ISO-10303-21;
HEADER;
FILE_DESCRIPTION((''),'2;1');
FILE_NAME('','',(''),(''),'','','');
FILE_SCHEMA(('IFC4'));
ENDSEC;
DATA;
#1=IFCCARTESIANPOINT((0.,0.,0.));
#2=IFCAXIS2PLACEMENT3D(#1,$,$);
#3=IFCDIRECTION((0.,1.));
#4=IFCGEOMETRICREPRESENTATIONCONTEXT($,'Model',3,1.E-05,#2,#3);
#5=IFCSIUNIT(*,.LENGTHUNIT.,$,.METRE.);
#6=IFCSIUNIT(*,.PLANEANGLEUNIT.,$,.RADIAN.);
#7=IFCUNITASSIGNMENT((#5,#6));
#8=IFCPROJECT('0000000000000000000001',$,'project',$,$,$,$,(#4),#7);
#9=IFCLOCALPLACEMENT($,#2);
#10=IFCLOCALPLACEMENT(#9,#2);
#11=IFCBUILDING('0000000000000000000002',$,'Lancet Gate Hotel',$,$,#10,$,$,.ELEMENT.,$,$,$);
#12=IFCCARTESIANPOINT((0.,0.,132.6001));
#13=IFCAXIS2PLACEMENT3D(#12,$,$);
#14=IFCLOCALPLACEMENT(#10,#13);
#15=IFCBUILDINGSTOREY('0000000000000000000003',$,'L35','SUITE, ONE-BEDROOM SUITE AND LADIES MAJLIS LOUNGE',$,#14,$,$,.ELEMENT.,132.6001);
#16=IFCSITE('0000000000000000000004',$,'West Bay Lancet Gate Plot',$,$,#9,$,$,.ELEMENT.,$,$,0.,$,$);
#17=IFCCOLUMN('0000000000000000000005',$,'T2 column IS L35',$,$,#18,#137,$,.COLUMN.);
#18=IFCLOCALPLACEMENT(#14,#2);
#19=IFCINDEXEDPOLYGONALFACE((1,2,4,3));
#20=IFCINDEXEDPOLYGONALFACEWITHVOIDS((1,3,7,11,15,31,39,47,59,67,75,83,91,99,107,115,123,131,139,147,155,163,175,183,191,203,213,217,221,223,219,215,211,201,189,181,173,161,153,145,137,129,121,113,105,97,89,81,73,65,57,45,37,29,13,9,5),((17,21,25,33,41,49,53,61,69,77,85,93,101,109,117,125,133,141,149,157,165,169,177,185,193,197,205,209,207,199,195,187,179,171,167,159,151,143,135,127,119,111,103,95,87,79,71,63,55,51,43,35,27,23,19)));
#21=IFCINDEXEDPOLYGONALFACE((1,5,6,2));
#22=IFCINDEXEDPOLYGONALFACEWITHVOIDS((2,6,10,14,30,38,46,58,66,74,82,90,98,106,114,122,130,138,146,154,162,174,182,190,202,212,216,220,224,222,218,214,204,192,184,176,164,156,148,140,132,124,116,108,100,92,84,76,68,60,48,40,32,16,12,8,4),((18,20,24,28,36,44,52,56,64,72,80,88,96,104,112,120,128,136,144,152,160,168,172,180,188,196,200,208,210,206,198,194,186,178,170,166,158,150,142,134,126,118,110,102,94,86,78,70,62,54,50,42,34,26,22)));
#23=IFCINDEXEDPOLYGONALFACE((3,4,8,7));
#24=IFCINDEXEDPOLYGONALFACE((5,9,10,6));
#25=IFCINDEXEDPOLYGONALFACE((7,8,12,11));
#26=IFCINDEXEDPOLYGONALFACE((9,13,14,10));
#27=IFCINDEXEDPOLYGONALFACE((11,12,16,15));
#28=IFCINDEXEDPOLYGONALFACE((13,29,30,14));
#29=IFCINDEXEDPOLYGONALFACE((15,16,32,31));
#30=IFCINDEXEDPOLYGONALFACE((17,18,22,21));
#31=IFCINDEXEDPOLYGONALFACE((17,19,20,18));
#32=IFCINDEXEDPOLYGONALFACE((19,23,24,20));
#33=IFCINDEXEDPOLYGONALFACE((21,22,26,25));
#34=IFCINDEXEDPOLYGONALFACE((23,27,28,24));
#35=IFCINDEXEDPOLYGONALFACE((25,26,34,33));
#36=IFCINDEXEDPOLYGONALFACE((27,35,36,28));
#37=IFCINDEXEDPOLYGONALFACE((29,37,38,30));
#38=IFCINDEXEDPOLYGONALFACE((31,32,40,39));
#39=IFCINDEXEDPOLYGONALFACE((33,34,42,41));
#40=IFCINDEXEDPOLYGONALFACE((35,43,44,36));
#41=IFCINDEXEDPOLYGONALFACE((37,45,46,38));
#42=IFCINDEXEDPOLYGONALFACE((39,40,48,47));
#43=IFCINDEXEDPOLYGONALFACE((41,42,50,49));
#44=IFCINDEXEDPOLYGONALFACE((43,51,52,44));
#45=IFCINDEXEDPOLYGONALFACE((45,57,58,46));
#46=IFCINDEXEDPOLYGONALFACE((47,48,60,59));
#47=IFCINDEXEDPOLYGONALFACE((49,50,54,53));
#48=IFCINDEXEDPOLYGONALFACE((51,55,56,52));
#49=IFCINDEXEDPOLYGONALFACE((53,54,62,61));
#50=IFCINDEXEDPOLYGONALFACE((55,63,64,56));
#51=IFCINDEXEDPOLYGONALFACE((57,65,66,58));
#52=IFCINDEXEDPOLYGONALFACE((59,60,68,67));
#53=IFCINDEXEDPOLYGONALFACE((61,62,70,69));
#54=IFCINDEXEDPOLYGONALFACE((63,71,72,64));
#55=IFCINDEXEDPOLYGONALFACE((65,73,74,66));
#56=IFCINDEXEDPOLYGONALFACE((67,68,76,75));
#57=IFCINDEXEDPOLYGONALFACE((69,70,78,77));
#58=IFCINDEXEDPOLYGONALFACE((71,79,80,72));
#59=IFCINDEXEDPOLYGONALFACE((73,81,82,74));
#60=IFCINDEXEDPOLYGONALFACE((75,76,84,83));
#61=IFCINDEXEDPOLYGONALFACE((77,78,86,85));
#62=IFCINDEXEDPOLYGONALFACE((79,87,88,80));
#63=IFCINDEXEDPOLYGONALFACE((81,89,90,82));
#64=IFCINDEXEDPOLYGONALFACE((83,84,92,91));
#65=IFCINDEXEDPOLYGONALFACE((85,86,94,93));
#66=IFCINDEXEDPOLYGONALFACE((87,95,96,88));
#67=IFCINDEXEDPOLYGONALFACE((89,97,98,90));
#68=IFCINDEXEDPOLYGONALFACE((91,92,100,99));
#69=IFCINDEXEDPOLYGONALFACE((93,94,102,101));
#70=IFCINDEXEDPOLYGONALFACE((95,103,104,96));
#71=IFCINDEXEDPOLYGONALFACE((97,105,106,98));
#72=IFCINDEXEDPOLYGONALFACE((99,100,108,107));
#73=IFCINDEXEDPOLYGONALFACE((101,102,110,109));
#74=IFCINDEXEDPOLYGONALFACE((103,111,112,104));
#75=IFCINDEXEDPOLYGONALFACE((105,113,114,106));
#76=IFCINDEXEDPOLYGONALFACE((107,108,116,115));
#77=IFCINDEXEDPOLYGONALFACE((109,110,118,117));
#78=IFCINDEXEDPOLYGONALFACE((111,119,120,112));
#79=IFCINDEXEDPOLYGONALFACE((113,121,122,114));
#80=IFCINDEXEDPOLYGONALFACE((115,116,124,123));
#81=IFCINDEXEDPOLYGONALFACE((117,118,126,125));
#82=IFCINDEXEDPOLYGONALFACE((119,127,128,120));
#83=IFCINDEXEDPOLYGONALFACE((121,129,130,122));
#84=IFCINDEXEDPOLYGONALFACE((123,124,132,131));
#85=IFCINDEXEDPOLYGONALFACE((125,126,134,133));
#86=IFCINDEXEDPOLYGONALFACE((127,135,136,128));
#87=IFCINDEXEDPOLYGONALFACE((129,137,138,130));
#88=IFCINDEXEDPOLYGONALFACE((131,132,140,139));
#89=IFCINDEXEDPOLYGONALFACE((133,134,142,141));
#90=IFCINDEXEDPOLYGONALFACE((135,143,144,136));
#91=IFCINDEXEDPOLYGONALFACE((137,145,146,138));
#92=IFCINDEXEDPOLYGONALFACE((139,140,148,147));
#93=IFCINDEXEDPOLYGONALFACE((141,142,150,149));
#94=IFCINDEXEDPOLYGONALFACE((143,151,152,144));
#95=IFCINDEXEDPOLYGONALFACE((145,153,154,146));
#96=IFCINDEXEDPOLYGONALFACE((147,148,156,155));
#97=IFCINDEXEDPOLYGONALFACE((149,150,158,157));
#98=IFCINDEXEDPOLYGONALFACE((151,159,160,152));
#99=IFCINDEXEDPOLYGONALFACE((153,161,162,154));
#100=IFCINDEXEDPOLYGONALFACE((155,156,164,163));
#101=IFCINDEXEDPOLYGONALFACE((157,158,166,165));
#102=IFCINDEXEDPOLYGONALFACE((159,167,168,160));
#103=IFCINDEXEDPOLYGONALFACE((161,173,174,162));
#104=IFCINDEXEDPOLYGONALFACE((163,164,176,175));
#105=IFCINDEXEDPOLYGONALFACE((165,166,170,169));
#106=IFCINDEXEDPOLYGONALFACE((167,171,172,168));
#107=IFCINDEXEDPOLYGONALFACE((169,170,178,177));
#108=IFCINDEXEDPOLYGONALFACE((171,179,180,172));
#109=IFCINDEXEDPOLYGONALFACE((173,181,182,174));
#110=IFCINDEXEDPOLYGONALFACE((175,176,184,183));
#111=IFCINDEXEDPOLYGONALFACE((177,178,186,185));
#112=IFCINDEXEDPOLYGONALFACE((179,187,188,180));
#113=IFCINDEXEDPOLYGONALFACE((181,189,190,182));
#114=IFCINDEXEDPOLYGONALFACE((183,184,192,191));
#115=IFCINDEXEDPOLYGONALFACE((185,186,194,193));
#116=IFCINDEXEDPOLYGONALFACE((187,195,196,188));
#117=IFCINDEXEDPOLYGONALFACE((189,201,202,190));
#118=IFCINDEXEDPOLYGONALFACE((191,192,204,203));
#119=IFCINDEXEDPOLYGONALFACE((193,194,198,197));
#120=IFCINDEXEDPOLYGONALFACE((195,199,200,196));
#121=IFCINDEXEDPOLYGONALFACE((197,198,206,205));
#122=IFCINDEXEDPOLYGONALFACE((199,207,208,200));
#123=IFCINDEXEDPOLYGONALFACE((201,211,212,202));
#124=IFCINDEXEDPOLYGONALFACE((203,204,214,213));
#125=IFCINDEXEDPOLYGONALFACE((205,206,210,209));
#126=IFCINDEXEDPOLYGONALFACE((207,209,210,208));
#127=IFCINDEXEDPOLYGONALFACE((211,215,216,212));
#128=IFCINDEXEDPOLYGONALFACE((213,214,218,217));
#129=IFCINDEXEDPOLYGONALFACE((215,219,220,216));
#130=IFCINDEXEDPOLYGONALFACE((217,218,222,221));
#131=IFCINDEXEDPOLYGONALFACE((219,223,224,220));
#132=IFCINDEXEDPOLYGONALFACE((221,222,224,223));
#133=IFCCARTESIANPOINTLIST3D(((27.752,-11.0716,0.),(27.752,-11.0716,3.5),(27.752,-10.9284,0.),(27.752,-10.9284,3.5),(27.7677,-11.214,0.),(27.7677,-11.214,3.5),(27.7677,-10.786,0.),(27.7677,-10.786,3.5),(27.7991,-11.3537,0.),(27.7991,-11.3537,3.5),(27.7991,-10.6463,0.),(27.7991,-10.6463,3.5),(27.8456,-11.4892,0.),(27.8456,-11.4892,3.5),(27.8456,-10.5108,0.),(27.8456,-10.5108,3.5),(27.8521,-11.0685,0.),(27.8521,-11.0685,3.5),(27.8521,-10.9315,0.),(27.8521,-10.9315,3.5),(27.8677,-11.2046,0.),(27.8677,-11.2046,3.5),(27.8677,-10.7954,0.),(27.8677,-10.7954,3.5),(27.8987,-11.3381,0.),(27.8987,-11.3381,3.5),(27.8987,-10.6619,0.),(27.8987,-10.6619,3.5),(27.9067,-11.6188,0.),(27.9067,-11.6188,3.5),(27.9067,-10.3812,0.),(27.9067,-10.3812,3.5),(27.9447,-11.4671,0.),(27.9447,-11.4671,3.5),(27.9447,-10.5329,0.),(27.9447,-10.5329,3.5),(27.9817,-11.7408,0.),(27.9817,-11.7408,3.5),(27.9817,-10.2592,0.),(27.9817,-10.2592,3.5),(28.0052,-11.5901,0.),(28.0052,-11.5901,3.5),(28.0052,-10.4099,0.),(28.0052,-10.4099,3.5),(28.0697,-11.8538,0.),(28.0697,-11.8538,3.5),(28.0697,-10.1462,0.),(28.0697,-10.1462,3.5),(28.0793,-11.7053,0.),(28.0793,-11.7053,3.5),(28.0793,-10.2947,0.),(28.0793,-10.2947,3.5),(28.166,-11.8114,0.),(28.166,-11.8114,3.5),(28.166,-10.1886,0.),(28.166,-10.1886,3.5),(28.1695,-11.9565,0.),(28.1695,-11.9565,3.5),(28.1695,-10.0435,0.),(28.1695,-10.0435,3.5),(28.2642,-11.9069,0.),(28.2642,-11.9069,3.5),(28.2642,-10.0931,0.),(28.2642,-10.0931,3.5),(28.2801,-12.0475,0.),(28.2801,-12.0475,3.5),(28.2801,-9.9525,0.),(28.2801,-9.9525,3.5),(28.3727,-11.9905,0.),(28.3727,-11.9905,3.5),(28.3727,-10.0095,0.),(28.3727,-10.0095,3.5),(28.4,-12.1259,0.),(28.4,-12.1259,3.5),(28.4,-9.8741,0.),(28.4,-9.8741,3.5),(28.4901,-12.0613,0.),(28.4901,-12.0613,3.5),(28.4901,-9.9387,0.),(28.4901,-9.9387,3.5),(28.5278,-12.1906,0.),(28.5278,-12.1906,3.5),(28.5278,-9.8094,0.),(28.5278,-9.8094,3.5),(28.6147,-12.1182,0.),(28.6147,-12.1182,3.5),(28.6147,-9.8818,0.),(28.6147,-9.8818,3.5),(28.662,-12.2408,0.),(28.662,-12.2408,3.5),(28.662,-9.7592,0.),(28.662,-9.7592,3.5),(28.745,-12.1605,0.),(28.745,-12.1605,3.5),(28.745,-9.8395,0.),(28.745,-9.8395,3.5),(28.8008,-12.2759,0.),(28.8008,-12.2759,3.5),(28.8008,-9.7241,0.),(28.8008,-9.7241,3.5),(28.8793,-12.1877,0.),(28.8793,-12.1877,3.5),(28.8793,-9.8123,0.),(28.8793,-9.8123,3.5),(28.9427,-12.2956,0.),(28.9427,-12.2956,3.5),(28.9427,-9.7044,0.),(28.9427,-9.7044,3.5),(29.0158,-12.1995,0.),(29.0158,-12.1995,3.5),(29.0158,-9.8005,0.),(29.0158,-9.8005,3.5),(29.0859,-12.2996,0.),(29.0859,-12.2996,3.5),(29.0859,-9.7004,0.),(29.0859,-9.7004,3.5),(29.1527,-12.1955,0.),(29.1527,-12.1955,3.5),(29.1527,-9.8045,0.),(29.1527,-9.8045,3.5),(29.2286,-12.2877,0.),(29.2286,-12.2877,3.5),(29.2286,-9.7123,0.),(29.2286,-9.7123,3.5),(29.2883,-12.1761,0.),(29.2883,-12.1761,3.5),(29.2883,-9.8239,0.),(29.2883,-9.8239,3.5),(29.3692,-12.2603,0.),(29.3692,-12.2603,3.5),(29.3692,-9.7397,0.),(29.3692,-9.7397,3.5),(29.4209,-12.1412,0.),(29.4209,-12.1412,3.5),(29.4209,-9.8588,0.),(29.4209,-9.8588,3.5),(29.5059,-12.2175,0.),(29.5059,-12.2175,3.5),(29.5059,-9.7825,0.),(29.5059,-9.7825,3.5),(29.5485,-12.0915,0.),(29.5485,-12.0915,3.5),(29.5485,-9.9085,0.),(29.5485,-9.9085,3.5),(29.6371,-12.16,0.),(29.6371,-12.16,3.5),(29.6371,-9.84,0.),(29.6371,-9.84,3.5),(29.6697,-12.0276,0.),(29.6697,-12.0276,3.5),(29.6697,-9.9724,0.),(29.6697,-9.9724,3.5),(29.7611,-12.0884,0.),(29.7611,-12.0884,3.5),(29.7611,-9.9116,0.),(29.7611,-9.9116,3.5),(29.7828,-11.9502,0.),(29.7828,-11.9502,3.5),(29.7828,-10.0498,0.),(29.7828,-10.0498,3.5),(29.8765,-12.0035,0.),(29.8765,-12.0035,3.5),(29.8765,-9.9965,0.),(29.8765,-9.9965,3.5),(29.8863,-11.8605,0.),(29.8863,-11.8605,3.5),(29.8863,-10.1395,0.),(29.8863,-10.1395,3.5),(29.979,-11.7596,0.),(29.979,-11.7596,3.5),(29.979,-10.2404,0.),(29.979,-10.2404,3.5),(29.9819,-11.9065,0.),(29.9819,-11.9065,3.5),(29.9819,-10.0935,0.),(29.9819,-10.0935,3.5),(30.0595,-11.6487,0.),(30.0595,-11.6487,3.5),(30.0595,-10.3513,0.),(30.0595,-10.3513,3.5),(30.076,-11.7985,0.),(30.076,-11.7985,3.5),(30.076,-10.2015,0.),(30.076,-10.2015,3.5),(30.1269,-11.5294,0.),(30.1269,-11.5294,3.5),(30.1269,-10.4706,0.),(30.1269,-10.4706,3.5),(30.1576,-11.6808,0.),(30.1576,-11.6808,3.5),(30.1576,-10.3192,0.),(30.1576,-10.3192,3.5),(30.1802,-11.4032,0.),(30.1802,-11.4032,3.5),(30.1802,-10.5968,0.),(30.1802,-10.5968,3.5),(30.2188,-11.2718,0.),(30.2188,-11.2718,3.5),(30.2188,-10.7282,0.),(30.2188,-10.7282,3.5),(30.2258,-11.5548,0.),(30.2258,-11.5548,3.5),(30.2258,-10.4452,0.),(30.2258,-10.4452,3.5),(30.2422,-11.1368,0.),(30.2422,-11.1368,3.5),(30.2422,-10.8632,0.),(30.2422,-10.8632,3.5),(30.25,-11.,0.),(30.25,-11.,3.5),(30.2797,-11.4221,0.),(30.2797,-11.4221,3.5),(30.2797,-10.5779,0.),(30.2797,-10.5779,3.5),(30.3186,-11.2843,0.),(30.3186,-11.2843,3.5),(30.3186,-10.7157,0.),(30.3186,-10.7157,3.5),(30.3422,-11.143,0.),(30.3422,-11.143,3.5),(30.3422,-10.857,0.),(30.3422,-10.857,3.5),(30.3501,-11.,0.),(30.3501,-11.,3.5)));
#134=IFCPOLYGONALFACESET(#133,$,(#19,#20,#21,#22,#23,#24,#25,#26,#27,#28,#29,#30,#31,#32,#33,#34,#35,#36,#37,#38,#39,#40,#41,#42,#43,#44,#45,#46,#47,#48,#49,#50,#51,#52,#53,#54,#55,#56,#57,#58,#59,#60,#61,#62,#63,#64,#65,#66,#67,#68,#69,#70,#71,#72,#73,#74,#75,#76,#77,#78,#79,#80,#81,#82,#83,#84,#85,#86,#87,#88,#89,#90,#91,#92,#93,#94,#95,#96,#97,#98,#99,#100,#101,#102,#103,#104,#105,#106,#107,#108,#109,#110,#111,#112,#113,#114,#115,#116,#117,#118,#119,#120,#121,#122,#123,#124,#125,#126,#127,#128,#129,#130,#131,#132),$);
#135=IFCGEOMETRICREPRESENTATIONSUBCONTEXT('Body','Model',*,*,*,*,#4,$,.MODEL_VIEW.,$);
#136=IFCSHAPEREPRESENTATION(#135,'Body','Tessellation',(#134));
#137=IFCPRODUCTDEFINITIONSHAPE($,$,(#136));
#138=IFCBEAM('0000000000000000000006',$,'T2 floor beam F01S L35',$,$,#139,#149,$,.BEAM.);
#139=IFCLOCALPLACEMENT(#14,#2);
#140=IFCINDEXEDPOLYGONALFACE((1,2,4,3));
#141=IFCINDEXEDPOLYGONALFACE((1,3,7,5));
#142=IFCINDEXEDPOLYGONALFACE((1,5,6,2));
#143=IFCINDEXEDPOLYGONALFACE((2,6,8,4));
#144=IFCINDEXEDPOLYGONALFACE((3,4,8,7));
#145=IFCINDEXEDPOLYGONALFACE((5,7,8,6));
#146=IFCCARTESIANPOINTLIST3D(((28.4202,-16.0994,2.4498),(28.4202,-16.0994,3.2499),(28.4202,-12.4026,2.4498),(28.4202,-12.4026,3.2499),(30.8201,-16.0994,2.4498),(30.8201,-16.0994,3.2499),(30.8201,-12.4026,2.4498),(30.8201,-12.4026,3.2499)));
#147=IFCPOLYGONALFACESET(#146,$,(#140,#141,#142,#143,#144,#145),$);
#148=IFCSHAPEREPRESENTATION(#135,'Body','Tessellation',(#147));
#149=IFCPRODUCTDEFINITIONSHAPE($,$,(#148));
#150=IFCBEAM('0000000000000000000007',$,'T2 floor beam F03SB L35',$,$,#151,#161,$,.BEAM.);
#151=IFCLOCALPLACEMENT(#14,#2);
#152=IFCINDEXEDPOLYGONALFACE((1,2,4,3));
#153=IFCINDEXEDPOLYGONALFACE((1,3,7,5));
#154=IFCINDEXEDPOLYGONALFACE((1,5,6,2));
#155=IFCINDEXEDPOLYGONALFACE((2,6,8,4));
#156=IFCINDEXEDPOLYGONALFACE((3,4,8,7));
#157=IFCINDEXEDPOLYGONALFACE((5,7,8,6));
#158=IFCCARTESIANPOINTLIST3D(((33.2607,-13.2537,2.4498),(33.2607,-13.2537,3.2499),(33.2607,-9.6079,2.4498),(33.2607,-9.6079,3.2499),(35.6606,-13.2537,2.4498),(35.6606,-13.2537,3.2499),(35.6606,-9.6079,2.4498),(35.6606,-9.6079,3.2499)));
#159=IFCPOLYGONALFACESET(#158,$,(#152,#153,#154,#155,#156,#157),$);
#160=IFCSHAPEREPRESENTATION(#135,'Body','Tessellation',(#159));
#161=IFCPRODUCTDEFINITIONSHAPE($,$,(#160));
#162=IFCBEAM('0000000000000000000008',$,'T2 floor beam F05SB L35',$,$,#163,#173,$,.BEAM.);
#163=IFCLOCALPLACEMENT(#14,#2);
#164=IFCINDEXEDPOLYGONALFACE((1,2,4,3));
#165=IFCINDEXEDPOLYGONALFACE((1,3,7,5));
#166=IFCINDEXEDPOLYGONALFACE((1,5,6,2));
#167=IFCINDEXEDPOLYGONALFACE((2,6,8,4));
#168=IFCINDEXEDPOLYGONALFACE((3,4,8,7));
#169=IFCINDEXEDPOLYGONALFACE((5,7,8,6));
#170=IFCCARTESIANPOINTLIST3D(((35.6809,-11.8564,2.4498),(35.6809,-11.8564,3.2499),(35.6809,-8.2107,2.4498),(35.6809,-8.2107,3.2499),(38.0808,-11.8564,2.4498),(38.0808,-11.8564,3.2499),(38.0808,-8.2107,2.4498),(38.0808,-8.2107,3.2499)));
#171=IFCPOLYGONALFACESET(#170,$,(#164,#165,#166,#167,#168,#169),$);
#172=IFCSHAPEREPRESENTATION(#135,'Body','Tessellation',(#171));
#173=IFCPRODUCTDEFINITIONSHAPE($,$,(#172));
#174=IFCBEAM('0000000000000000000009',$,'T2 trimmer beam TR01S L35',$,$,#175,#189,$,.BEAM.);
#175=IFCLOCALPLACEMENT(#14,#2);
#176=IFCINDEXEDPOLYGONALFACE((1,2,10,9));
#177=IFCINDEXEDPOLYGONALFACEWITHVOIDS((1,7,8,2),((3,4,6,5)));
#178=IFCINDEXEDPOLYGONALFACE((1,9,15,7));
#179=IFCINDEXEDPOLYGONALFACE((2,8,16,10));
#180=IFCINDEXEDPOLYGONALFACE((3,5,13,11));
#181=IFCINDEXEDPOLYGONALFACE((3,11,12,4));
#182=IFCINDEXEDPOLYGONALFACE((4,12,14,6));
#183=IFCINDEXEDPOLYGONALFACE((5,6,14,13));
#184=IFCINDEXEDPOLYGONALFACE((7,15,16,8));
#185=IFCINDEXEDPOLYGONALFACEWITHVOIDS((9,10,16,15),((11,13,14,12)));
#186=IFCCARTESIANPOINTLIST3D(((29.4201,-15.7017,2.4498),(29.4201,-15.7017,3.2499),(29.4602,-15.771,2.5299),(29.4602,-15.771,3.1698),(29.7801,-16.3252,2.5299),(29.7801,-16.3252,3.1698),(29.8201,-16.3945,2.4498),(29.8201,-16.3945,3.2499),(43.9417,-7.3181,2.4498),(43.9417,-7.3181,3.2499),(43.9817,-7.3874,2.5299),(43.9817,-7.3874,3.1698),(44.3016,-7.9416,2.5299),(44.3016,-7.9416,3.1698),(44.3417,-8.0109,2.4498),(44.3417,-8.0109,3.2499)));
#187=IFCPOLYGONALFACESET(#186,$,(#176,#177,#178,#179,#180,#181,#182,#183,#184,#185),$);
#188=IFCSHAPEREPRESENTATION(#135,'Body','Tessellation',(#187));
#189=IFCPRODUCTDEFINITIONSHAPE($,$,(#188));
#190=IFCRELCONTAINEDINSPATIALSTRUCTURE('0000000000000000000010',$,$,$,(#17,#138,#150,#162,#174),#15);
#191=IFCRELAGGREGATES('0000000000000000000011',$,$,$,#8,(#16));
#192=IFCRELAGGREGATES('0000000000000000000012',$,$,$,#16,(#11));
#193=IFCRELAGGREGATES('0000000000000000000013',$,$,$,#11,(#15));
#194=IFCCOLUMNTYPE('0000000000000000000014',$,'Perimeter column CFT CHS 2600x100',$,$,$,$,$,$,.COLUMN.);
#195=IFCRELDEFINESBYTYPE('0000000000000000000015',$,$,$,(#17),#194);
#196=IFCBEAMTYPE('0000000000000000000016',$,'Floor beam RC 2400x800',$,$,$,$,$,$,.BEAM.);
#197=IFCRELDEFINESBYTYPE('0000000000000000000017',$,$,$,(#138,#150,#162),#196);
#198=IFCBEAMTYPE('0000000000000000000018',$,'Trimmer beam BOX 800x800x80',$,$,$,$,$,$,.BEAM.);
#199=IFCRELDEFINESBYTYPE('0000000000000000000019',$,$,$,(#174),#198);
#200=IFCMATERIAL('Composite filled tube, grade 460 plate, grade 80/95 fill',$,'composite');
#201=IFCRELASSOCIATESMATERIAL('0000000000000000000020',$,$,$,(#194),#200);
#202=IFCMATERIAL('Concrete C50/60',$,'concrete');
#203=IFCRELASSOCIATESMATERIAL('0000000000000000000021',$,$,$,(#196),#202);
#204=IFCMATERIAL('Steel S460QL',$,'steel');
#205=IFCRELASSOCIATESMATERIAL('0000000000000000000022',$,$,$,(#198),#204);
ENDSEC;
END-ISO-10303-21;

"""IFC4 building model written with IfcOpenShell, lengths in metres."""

from ifc_helpers import new_model, si_unit, direction, frame, origin, origin_2d, place, context, subcontext, project, spatial, rectangle, hollow_rectangle, hollow_circle, extrude, material, material_profile, profile_set, type_object, element, save


model = new_model("IFC4")

# Units and contexts
model_context = context("Model", 3, precision=1e-05, world=origin(), true_north=direction((0.0, 1.0)))
body_context = subcontext(model_context, "Body", "Model", "MODEL_VIEW")
ifc_project = project(units=[si_unit("LENGTHUNIT", "METRE"), si_unit("PLANEANGLEUNIT", "RADIAN")], contexts=[model_context])

# Site, building, storey
site_placement = place(None, origin())
site = spatial("IfcSite", under=ifc_project, at=site_placement, Name="West Bay Lancet Gate Plot", CompositionType="ELEMENT", RefElevation=0.0)
building_placement = place(site_placement, origin())
building = spatial("IfcBuilding", under=site, at=building_placement, Name="Lancet Gate Hotel", CompositionType="ELEMENT")
storey_placement = place(building_placement, frame((0.0, 0.0, 132.6001)))
storey = spatial("IfcBuildingStorey", under=building, at=storey_placement, Name="L35", Description="SUITE, ONE-BEDROOM SUITE AND LADIES MAJLIS LOUNGE", CompositionType="ELEMENT", Elevation=132.6001)

# Column
ifc_material_1 = material(Name="Composite filled tube, grade 460 plate, grade 80/95 fill", Category="composite")
ifc_material_profile_1 = material_profile(ifc_material_1, hollow_circle(Radius=1.3, WallThickness=0.1001, at=origin_2d()), Name="CHS 2600x100")
ifc_profile_set_1 = profile_set([ifc_material_profile_1], Name="Composite filled tube, grade 460 plate, grade 80/95 fill")
column_type = type_object("IfcColumnType", Name="Perimeter column CFT CHS 2600x100", PredefinedType="COLUMN", material=ifc_profile_set_1)
column_placement = place(storey_placement, frame((29.05, -11.0, 0.0), z_axis=(0.0, 0.0, 1.0), x_axis=(1.0, 0.0, 0.0)))
element("IfcColumn", 1, at=column_placement, inside=storey, type_object=column_type, Name="T2 column IS L35", PredefinedType="COLUMN", context=body_context, shape_type="SweptSolid", body=[
    extrude(hollow_circle(Radius=1.3, WallThickness=0.1001, at=origin_2d()), origin(), (0.0, 0.0, 1.0), 3.5),
])

# Beams
ifc_material_2 = material(Name="Concrete C50/60", Category="concrete")
ifc_material_profile_2 = material_profile(ifc_material_2, rectangle(XDim=2.3999, YDim=0.8, at=origin_2d()), Name="RC 2400x800")
ifc_profile_set_2 = profile_set([ifc_material_profile_2], Name="Concrete C50/60")
beam_type_1 = type_object("IfcBeamType", Name="Floor beam RC 2400x800", PredefinedType="BEAM", material=ifc_profile_set_2)
beam_1_placement = place(storey_placement, frame((29.6201, -16.0994, 2.8499), z_axis=(0.0, 1.0, 0.0), x_axis=(-1.0, 0.0, 0.0)))
element("IfcBeam", 2, at=beam_1_placement, inside=storey, type_object=beam_type_1, Name="T2 floor beam F01S L35", PredefinedType="BEAM", context=body_context, shape_type="SweptSolid", body=[
    extrude(rectangle(XDim=2.3999, YDim=0.8, at=origin_2d()), origin(), (0.0, 0.0, 1.0), 3.6968),
])
for number, where, z_axis, x_axis, name in (
    (3, (34.4607, -13.2537, 2.8499), (0.0, 1.0, 0.0), (-1.0, 0.0, 0.0), "T2 floor beam F03SB L35"),
    (4, (36.8809, -11.8564, 2.8499), (0.0, 1.0, 0.0), (-1.0, 0.0, 0.0), "T2 floor beam F05SB L35"),
):
    element("IfcBeam", number, at=place(storey_placement, frame(where, z_axis=z_axis, x_axis=x_axis)), inside=storey, type_object=beam_type_1, Name=name, PredefinedType="BEAM", context=body_context, shape_type="SweptSolid", body=[
        extrude(rectangle(XDim=2.3999, YDim=0.8, at=origin_2d()), origin(), (0.0, 0.0, 1.0), 3.6458),
    ])
ifc_material_3 = material(Name="Steel S460QL", Category="steel")
ifc_material_profile_3 = material_profile(ifc_material_3, hollow_rectangle(XDim=0.8, YDim=0.8, WallThickness=0.0801, at=origin_2d()), Name="BOX 800x800x80")
ifc_profile_set_3 = profile_set([ifc_material_profile_3], Name="Steel S460QL")
beam_type_2 = type_object("IfcBeamType", Name="Trimmer beam BOX 800x800x80", PredefinedType="BEAM", material=ifc_profile_set_3)
beam_2_placement = place(storey_placement, frame((29.6201, -16.0481, 2.8499), z_axis=(0.866037, 0.49998, 0.0), x_axis=(-0.49998, 0.866037, 0.0)))
element("IfcBeam", 5, at=beam_2_placement, inside=storey, type_object=beam_type_2, Name="T2 trimmer beam TR01S L35", PredefinedType="BEAM", context=body_context, shape_type="SweptSolid", body=[
    extrude(hollow_rectangle(XDim=0.8, YDim=0.8, WallThickness=0.0801, at=origin_2d()), origin(), (0.0, 0.0, 1.0), 16.7678),
])

save(model, "model.ifc")
